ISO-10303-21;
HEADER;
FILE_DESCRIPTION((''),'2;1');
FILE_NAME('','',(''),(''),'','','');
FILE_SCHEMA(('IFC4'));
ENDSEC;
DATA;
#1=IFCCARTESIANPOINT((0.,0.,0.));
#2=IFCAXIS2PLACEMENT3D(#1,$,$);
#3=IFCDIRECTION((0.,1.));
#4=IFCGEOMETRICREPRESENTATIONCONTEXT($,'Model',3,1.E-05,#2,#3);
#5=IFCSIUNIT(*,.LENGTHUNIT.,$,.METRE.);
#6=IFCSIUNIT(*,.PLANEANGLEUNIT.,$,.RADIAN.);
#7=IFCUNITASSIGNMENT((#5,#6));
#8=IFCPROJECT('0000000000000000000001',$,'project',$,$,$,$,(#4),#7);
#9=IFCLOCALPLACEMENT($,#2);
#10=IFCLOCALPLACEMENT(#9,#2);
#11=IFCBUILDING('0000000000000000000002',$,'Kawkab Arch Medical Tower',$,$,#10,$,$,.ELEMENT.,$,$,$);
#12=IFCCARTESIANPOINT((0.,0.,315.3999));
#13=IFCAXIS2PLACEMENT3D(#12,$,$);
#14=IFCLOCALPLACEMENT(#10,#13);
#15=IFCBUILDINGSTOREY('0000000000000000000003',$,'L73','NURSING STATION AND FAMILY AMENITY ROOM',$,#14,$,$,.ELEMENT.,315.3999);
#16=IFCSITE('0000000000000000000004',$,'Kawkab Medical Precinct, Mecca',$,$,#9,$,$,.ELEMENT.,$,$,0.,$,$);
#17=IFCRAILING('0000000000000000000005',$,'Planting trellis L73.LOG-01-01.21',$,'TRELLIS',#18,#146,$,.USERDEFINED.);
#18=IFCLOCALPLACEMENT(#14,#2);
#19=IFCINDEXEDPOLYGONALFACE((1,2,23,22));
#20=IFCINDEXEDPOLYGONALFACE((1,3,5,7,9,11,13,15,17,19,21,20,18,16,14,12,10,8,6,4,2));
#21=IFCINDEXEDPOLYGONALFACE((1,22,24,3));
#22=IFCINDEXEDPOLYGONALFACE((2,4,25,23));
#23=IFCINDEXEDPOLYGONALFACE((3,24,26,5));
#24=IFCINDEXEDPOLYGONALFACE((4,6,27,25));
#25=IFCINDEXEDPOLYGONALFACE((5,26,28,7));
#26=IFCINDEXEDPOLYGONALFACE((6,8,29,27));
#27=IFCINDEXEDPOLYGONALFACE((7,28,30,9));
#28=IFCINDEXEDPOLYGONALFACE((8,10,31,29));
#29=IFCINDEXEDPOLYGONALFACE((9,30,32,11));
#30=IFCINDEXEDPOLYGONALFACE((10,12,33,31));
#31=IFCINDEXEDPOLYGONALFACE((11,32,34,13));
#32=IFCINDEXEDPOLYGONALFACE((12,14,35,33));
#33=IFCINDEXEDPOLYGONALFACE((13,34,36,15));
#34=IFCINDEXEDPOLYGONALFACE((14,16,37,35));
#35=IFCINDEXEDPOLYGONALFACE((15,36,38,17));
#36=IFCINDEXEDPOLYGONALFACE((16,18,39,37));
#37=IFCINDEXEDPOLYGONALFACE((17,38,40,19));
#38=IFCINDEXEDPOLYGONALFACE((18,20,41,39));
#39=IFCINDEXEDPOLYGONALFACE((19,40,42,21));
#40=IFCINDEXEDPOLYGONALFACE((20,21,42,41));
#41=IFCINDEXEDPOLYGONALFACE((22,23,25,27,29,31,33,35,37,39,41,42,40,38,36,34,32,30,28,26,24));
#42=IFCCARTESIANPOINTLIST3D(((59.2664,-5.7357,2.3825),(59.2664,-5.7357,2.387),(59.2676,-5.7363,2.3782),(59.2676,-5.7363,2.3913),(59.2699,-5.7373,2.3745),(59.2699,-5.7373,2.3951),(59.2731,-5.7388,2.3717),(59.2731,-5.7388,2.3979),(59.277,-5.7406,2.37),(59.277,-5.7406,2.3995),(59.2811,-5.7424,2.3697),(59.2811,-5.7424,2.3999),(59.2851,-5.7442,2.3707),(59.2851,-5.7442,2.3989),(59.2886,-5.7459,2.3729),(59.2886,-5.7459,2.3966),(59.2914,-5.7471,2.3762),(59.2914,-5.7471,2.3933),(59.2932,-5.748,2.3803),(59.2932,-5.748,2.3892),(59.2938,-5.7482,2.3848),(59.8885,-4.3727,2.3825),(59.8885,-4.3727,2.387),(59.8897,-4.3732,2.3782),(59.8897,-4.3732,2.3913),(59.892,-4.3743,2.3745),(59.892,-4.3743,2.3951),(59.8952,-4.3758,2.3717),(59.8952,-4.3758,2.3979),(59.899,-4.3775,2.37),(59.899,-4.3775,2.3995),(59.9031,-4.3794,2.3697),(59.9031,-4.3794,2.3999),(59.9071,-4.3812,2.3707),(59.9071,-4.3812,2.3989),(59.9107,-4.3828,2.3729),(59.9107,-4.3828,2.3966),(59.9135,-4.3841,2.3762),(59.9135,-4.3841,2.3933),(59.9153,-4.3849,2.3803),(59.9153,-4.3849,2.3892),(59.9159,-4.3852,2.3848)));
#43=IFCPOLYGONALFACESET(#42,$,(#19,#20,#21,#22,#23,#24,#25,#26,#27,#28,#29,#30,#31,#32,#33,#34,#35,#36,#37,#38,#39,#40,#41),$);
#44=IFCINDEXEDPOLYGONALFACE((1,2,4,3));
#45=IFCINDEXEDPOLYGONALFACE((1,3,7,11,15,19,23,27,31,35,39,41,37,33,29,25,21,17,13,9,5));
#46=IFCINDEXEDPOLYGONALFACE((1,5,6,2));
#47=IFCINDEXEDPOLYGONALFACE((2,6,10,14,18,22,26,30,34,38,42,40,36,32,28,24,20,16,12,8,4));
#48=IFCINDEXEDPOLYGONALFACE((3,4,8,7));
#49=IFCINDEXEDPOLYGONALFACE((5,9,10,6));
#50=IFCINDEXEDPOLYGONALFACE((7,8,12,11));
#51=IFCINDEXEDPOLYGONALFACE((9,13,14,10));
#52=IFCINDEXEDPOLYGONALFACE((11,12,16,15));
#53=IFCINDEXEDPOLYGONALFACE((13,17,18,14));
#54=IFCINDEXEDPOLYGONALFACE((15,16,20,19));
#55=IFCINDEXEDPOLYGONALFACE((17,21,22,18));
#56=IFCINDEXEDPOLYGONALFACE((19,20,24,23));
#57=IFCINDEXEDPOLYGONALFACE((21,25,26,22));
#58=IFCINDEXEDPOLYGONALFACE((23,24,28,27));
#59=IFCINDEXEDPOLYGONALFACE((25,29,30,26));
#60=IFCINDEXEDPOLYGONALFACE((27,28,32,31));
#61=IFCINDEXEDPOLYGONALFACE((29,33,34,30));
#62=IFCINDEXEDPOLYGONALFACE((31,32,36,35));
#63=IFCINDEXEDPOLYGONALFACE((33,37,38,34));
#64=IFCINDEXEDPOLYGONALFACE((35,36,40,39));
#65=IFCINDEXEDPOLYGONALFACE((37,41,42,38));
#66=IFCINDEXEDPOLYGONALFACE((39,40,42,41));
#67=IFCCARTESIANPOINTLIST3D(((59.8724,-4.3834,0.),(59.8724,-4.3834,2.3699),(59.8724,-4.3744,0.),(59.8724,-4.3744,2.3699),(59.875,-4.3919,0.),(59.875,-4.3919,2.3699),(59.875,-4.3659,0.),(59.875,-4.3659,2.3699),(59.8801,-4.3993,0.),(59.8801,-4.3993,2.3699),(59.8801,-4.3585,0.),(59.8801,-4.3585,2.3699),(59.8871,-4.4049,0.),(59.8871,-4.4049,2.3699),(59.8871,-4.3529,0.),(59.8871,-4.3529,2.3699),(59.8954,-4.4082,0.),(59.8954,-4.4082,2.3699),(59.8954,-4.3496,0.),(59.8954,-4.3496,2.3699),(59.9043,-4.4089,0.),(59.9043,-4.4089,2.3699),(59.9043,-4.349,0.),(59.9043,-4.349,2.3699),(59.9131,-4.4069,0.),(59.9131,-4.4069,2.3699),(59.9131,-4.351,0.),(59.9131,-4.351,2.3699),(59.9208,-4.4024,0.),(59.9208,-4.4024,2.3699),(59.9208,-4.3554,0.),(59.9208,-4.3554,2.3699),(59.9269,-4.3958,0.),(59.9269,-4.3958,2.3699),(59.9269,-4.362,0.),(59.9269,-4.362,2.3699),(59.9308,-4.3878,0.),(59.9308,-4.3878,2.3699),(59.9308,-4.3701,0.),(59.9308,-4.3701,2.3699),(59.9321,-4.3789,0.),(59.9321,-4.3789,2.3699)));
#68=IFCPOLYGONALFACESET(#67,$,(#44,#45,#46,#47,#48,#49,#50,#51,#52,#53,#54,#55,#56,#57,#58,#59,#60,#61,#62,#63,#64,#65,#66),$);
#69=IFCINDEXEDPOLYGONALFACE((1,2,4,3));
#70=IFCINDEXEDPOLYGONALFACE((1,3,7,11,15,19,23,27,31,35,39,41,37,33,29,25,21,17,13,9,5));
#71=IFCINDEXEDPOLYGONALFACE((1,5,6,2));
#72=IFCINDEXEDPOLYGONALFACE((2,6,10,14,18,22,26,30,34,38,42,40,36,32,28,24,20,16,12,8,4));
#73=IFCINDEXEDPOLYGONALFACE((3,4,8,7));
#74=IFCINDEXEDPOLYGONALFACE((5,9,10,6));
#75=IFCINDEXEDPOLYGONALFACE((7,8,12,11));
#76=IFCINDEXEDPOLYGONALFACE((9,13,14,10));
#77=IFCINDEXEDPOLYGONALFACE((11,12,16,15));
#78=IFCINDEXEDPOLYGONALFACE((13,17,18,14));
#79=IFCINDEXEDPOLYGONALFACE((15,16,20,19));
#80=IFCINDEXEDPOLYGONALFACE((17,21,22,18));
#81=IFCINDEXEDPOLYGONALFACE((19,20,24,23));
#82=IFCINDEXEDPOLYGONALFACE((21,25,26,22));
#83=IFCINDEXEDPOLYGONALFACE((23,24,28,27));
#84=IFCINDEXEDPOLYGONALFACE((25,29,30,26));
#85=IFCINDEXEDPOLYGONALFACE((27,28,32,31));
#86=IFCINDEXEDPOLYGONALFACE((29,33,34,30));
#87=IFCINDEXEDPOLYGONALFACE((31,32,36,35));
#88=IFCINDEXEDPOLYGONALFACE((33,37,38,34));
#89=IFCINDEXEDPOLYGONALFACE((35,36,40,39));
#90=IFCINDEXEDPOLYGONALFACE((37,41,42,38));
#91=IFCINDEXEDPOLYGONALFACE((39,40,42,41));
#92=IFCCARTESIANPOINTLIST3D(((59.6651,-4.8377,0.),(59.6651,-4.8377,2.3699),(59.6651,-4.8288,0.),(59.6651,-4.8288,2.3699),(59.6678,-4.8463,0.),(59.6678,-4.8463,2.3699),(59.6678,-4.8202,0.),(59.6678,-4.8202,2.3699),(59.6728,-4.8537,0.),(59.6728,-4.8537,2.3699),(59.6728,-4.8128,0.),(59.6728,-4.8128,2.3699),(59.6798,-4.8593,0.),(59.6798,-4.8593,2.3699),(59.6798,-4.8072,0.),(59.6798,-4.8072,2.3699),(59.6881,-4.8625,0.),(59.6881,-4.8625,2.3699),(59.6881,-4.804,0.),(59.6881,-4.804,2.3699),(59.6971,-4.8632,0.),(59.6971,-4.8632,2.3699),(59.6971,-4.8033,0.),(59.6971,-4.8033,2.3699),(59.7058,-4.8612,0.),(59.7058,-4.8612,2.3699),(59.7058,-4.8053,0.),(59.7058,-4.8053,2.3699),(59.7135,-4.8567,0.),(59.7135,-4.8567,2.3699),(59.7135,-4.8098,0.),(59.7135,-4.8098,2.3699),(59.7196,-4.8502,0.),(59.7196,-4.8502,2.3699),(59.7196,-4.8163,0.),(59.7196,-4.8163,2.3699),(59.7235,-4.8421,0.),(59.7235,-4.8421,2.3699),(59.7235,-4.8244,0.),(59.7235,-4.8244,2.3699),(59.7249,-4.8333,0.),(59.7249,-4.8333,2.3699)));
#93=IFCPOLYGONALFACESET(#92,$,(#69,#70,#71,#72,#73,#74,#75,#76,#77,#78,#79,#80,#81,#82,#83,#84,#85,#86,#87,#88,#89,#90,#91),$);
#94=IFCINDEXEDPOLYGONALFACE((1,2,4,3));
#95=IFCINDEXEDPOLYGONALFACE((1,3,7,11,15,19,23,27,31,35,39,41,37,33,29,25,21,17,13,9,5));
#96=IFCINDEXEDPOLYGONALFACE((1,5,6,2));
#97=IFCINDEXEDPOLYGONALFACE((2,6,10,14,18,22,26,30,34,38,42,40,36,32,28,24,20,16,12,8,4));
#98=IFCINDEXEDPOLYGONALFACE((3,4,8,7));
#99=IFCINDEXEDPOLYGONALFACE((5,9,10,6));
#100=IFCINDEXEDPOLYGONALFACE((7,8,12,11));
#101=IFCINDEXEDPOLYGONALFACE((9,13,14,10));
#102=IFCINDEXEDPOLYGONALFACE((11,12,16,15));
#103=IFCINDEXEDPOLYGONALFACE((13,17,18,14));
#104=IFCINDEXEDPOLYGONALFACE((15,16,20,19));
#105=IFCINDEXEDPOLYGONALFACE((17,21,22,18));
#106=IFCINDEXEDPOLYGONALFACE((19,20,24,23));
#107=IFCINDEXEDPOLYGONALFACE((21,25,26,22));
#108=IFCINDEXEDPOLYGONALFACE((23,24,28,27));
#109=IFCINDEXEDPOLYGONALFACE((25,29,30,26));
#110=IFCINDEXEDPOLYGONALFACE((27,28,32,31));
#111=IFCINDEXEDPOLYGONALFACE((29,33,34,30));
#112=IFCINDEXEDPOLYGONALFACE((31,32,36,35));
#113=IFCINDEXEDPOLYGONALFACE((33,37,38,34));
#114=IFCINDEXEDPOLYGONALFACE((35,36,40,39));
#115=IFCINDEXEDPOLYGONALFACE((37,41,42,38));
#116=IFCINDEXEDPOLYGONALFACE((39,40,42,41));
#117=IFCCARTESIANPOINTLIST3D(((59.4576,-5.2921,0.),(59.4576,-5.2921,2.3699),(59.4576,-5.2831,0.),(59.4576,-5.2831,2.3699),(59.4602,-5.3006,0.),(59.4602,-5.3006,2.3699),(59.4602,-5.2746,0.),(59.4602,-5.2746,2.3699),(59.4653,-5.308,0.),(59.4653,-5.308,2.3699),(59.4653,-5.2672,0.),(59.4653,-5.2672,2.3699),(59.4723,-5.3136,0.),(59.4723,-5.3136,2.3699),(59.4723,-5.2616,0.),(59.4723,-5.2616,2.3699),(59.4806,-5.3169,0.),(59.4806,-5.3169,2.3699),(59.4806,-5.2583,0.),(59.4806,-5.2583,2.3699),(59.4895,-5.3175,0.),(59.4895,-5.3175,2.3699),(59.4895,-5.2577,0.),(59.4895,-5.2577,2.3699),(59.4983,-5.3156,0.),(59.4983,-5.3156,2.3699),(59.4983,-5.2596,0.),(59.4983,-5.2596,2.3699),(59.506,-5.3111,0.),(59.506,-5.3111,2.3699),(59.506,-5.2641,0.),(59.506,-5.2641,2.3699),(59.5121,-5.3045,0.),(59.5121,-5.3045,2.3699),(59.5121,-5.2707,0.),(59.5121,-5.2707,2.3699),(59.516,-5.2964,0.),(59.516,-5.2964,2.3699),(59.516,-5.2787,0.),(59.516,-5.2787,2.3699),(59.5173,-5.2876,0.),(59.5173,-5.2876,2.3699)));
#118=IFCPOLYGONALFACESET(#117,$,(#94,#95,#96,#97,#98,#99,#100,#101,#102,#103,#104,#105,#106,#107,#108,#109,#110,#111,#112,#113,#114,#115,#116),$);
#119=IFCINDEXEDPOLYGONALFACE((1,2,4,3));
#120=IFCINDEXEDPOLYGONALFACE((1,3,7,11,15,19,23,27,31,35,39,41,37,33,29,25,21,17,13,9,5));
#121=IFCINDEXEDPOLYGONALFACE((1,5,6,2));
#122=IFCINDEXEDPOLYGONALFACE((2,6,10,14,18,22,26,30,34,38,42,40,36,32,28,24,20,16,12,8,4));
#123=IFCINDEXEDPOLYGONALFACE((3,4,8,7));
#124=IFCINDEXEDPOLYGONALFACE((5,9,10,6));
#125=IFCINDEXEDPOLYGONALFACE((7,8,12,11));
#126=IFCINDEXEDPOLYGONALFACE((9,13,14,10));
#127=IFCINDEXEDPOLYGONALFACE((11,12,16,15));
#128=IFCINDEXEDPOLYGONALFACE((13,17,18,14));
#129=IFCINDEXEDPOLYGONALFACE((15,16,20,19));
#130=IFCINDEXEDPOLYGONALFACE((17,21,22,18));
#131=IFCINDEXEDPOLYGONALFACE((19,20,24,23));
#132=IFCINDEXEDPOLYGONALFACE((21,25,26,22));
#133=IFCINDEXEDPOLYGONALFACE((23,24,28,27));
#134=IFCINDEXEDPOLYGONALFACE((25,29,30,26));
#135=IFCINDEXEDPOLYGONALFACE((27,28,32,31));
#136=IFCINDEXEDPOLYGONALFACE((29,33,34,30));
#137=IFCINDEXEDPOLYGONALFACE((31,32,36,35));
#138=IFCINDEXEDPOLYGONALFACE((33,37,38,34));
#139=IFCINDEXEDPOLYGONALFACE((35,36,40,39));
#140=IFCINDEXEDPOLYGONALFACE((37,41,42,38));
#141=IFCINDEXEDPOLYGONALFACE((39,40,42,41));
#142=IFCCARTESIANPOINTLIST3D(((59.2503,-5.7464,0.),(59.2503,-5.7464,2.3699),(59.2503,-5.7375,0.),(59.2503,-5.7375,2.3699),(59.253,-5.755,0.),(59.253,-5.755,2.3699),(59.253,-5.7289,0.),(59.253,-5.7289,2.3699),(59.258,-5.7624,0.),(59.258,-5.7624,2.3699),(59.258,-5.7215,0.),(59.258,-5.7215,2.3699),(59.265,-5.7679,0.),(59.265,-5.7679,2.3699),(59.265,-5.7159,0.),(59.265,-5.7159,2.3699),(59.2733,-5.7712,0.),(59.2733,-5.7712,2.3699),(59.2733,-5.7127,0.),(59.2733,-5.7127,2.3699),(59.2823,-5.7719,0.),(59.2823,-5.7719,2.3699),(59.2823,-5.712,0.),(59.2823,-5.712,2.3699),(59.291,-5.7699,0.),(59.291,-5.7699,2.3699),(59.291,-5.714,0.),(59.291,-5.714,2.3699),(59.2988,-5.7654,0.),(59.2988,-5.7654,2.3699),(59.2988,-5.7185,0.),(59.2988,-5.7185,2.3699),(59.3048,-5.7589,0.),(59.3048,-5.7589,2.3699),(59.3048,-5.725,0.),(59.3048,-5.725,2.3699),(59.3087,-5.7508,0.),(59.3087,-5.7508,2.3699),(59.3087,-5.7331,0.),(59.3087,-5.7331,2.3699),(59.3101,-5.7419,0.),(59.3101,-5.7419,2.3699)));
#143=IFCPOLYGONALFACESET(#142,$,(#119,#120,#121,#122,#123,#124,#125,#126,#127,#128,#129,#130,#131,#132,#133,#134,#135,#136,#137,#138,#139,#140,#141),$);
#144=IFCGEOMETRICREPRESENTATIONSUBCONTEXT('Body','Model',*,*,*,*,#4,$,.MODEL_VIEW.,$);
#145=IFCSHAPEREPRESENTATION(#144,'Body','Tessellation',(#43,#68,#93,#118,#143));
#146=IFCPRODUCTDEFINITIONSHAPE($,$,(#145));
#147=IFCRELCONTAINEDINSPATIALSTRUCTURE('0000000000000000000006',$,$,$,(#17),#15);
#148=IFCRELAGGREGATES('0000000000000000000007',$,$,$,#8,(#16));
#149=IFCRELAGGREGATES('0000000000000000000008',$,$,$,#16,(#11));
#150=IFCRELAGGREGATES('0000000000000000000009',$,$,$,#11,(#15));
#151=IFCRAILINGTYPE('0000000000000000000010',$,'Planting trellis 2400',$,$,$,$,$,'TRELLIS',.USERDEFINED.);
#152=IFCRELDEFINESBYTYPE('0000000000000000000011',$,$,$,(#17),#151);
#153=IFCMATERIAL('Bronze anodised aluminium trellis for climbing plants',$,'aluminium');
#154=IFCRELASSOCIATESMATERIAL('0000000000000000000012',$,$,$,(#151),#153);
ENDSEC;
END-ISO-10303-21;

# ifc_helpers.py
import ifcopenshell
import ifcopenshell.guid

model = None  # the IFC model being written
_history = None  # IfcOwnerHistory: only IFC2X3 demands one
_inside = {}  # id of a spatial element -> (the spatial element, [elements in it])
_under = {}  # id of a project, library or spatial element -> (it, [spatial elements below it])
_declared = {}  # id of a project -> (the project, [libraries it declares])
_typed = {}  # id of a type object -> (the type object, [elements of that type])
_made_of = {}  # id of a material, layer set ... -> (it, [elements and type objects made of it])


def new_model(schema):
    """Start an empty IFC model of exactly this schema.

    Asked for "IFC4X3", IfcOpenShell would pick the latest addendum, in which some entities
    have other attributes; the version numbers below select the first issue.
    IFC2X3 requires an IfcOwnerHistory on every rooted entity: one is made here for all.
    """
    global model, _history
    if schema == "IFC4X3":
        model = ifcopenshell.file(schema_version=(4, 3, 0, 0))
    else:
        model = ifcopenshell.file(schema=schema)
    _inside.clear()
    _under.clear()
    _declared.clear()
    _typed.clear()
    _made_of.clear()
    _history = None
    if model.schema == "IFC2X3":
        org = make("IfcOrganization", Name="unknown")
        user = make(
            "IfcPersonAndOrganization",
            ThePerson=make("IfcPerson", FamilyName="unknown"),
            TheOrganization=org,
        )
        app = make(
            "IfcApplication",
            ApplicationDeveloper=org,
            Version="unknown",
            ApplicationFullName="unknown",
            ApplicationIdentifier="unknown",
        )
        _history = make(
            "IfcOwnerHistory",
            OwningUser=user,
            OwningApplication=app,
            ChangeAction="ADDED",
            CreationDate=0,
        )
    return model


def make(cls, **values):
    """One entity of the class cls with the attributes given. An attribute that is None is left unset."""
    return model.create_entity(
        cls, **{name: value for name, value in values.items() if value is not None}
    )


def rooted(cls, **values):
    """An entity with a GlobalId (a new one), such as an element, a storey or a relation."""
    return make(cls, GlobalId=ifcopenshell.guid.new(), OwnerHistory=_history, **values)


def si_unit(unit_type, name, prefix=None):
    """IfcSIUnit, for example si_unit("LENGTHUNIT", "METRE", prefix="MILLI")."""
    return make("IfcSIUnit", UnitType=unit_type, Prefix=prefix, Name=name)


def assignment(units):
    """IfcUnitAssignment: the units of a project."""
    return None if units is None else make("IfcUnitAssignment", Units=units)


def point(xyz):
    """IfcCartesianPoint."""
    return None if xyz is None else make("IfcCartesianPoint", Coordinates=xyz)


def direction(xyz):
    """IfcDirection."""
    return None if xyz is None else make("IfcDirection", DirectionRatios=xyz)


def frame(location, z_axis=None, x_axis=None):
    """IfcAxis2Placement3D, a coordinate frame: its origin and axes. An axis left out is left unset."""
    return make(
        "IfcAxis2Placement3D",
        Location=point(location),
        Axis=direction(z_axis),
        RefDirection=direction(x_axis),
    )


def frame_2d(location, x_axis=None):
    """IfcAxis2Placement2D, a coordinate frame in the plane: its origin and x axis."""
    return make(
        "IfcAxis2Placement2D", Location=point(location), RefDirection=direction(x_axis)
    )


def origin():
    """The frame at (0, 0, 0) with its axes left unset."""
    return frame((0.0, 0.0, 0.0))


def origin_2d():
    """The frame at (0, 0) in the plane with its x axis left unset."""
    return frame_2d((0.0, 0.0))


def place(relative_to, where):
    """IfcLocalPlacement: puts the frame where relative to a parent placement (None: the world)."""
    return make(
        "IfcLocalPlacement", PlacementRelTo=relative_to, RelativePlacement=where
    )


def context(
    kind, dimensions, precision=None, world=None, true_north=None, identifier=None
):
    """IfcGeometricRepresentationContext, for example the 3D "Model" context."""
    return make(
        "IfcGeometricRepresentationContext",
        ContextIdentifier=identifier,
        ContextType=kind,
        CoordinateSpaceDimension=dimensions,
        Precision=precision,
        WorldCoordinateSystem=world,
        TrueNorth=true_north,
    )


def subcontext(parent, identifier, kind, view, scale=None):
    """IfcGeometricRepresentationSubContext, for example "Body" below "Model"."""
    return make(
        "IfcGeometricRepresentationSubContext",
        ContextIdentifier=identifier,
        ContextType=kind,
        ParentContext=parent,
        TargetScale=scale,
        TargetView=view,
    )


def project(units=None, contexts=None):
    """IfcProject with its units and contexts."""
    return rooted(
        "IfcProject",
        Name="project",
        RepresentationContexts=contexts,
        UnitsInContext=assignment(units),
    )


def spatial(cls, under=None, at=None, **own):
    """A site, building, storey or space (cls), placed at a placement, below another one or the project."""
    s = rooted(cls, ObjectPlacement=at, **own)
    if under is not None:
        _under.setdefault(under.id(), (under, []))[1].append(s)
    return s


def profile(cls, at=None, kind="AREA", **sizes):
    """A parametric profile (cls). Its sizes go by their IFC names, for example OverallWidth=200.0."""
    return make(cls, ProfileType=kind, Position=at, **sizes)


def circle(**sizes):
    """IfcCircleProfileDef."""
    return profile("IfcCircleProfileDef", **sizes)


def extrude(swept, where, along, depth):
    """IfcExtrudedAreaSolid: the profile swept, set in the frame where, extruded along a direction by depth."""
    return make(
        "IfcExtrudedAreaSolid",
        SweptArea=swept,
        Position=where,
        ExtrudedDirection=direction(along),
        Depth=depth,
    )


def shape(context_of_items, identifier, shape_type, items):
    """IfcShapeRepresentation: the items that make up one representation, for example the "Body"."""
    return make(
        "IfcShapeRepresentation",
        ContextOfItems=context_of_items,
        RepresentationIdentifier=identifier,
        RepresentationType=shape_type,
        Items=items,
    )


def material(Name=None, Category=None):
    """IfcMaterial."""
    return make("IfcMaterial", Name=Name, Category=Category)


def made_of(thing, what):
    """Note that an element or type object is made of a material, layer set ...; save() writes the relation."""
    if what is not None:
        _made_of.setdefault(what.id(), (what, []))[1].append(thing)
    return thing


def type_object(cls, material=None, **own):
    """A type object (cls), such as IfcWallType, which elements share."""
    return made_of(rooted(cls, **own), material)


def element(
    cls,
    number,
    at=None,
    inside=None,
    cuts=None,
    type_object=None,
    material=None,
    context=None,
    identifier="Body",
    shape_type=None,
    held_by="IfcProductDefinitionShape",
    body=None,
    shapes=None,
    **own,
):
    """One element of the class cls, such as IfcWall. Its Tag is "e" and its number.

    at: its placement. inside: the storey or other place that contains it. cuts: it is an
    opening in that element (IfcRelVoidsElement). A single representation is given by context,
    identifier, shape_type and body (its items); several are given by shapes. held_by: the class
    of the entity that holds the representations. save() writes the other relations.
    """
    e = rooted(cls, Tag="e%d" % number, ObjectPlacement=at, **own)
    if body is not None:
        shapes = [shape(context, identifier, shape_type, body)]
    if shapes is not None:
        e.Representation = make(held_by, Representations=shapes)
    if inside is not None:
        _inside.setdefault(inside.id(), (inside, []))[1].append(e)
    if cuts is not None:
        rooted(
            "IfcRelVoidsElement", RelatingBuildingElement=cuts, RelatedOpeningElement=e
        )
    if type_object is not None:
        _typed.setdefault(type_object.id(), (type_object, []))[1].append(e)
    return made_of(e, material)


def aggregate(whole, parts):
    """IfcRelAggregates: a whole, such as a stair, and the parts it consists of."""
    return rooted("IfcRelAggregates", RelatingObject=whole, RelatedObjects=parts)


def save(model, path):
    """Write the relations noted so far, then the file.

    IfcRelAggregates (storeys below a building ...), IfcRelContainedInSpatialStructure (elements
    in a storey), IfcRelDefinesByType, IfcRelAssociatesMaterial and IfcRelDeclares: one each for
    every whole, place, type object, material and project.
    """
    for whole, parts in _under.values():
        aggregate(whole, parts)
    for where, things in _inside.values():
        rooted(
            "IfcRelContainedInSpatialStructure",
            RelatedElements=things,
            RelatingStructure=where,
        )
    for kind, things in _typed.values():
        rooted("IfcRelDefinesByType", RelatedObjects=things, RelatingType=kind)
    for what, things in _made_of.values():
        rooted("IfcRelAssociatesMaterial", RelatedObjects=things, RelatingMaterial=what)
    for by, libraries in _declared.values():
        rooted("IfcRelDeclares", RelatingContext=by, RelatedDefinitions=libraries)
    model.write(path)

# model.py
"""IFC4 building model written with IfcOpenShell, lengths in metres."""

from ifc_helpers import new_model, si_unit, direction, frame, origin, origin_2d, place, context, subcontext, project, spatial, circle, extrude, material, type_object, element, save


model = new_model("IFC4")

# Units and contexts
model_context = context("Model", 3, precision=1e-05, world=origin(), true_north=direction((0.0, 1.0)))
body_context = subcontext(model_context, "Body", "Model", "MODEL_VIEW")
ifc_project = project(units=[si_unit("LENGTHUNIT", "METRE"), si_unit("PLANEANGLEUNIT", "RADIAN")], contexts=[model_context])

# Site, building, storey
site_placement = place(None, origin())
site = spatial("IfcSite", under=ifc_project, at=site_placement, Name="Kawkab Medical Precinct, Mecca", CompositionType="ELEMENT", RefElevation=0.0)
building_placement = place(site_placement, origin())
building = spatial("IfcBuilding", under=site, at=building_placement, Name="Kawkab Arch Medical Tower", CompositionType="ELEMENT")
storey_placement = place(building_placement, frame((0.0, 0.0, 315.3999)))
storey = spatial("IfcBuildingStorey", under=building, at=storey_placement, Name="L73", Description="NURSING STATION AND FAMILY AMENITY ROOM", CompositionType="ELEMENT", Elevation=315.3999)

# Railing
ifc_material_1 = material(Name="Bronze anodised aluminium trellis for climbing plants", Category="aluminium")
railing_type_1 = type_object("IfcRailingType", Name="Planting trellis 2400", ElementType="TRELLIS", PredefinedType="USERDEFINED", material=ifc_material_1)
railing_1_placement = place(storey_placement, frame((59.9021, -4.3789, 0.0)))
element("IfcRailing", 1, at=railing_1_placement, inside=storey, type_object=railing_type_1, Name="Planting trellis L73.LOG-01-01.21", ObjectType="TRELLIS", PredefinedType="USERDEFINED", context=body_context, shape_type="SweptSolid", body=[
    extrude(circle(Radius=0.0151, at=origin_2d()), frame((0.0, 0.0, 2.3848), z_axis=(-0.41519, -0.909735, 0.0), x_axis=(0.909735, -0.41519, 0.0)), (0.0, 0.0, 1.0), 1.4983),
    extrude(circle(Radius=0.03, at=origin_2d()), origin(), (0.0, 0.0, 1.0), 2.3699),
    extrude(circle(Radius=0.03, at=origin_2d()), frame((-0.2073, -0.4543, 0.0)), (0.0, 0.0, 1.0), 2.3699),
    extrude(circle(Radius=0.03, at=origin_2d()), frame((-0.4148, -0.9087, 0.0)), (0.0, 0.0, 1.0), 2.3699),
    extrude(circle(Radius=0.03, at=origin_2d()), frame((-0.6221, -1.363, 0.0)), (0.0, 0.0, 1.0), 2.3699),
])

save(model, "model.ifc")
